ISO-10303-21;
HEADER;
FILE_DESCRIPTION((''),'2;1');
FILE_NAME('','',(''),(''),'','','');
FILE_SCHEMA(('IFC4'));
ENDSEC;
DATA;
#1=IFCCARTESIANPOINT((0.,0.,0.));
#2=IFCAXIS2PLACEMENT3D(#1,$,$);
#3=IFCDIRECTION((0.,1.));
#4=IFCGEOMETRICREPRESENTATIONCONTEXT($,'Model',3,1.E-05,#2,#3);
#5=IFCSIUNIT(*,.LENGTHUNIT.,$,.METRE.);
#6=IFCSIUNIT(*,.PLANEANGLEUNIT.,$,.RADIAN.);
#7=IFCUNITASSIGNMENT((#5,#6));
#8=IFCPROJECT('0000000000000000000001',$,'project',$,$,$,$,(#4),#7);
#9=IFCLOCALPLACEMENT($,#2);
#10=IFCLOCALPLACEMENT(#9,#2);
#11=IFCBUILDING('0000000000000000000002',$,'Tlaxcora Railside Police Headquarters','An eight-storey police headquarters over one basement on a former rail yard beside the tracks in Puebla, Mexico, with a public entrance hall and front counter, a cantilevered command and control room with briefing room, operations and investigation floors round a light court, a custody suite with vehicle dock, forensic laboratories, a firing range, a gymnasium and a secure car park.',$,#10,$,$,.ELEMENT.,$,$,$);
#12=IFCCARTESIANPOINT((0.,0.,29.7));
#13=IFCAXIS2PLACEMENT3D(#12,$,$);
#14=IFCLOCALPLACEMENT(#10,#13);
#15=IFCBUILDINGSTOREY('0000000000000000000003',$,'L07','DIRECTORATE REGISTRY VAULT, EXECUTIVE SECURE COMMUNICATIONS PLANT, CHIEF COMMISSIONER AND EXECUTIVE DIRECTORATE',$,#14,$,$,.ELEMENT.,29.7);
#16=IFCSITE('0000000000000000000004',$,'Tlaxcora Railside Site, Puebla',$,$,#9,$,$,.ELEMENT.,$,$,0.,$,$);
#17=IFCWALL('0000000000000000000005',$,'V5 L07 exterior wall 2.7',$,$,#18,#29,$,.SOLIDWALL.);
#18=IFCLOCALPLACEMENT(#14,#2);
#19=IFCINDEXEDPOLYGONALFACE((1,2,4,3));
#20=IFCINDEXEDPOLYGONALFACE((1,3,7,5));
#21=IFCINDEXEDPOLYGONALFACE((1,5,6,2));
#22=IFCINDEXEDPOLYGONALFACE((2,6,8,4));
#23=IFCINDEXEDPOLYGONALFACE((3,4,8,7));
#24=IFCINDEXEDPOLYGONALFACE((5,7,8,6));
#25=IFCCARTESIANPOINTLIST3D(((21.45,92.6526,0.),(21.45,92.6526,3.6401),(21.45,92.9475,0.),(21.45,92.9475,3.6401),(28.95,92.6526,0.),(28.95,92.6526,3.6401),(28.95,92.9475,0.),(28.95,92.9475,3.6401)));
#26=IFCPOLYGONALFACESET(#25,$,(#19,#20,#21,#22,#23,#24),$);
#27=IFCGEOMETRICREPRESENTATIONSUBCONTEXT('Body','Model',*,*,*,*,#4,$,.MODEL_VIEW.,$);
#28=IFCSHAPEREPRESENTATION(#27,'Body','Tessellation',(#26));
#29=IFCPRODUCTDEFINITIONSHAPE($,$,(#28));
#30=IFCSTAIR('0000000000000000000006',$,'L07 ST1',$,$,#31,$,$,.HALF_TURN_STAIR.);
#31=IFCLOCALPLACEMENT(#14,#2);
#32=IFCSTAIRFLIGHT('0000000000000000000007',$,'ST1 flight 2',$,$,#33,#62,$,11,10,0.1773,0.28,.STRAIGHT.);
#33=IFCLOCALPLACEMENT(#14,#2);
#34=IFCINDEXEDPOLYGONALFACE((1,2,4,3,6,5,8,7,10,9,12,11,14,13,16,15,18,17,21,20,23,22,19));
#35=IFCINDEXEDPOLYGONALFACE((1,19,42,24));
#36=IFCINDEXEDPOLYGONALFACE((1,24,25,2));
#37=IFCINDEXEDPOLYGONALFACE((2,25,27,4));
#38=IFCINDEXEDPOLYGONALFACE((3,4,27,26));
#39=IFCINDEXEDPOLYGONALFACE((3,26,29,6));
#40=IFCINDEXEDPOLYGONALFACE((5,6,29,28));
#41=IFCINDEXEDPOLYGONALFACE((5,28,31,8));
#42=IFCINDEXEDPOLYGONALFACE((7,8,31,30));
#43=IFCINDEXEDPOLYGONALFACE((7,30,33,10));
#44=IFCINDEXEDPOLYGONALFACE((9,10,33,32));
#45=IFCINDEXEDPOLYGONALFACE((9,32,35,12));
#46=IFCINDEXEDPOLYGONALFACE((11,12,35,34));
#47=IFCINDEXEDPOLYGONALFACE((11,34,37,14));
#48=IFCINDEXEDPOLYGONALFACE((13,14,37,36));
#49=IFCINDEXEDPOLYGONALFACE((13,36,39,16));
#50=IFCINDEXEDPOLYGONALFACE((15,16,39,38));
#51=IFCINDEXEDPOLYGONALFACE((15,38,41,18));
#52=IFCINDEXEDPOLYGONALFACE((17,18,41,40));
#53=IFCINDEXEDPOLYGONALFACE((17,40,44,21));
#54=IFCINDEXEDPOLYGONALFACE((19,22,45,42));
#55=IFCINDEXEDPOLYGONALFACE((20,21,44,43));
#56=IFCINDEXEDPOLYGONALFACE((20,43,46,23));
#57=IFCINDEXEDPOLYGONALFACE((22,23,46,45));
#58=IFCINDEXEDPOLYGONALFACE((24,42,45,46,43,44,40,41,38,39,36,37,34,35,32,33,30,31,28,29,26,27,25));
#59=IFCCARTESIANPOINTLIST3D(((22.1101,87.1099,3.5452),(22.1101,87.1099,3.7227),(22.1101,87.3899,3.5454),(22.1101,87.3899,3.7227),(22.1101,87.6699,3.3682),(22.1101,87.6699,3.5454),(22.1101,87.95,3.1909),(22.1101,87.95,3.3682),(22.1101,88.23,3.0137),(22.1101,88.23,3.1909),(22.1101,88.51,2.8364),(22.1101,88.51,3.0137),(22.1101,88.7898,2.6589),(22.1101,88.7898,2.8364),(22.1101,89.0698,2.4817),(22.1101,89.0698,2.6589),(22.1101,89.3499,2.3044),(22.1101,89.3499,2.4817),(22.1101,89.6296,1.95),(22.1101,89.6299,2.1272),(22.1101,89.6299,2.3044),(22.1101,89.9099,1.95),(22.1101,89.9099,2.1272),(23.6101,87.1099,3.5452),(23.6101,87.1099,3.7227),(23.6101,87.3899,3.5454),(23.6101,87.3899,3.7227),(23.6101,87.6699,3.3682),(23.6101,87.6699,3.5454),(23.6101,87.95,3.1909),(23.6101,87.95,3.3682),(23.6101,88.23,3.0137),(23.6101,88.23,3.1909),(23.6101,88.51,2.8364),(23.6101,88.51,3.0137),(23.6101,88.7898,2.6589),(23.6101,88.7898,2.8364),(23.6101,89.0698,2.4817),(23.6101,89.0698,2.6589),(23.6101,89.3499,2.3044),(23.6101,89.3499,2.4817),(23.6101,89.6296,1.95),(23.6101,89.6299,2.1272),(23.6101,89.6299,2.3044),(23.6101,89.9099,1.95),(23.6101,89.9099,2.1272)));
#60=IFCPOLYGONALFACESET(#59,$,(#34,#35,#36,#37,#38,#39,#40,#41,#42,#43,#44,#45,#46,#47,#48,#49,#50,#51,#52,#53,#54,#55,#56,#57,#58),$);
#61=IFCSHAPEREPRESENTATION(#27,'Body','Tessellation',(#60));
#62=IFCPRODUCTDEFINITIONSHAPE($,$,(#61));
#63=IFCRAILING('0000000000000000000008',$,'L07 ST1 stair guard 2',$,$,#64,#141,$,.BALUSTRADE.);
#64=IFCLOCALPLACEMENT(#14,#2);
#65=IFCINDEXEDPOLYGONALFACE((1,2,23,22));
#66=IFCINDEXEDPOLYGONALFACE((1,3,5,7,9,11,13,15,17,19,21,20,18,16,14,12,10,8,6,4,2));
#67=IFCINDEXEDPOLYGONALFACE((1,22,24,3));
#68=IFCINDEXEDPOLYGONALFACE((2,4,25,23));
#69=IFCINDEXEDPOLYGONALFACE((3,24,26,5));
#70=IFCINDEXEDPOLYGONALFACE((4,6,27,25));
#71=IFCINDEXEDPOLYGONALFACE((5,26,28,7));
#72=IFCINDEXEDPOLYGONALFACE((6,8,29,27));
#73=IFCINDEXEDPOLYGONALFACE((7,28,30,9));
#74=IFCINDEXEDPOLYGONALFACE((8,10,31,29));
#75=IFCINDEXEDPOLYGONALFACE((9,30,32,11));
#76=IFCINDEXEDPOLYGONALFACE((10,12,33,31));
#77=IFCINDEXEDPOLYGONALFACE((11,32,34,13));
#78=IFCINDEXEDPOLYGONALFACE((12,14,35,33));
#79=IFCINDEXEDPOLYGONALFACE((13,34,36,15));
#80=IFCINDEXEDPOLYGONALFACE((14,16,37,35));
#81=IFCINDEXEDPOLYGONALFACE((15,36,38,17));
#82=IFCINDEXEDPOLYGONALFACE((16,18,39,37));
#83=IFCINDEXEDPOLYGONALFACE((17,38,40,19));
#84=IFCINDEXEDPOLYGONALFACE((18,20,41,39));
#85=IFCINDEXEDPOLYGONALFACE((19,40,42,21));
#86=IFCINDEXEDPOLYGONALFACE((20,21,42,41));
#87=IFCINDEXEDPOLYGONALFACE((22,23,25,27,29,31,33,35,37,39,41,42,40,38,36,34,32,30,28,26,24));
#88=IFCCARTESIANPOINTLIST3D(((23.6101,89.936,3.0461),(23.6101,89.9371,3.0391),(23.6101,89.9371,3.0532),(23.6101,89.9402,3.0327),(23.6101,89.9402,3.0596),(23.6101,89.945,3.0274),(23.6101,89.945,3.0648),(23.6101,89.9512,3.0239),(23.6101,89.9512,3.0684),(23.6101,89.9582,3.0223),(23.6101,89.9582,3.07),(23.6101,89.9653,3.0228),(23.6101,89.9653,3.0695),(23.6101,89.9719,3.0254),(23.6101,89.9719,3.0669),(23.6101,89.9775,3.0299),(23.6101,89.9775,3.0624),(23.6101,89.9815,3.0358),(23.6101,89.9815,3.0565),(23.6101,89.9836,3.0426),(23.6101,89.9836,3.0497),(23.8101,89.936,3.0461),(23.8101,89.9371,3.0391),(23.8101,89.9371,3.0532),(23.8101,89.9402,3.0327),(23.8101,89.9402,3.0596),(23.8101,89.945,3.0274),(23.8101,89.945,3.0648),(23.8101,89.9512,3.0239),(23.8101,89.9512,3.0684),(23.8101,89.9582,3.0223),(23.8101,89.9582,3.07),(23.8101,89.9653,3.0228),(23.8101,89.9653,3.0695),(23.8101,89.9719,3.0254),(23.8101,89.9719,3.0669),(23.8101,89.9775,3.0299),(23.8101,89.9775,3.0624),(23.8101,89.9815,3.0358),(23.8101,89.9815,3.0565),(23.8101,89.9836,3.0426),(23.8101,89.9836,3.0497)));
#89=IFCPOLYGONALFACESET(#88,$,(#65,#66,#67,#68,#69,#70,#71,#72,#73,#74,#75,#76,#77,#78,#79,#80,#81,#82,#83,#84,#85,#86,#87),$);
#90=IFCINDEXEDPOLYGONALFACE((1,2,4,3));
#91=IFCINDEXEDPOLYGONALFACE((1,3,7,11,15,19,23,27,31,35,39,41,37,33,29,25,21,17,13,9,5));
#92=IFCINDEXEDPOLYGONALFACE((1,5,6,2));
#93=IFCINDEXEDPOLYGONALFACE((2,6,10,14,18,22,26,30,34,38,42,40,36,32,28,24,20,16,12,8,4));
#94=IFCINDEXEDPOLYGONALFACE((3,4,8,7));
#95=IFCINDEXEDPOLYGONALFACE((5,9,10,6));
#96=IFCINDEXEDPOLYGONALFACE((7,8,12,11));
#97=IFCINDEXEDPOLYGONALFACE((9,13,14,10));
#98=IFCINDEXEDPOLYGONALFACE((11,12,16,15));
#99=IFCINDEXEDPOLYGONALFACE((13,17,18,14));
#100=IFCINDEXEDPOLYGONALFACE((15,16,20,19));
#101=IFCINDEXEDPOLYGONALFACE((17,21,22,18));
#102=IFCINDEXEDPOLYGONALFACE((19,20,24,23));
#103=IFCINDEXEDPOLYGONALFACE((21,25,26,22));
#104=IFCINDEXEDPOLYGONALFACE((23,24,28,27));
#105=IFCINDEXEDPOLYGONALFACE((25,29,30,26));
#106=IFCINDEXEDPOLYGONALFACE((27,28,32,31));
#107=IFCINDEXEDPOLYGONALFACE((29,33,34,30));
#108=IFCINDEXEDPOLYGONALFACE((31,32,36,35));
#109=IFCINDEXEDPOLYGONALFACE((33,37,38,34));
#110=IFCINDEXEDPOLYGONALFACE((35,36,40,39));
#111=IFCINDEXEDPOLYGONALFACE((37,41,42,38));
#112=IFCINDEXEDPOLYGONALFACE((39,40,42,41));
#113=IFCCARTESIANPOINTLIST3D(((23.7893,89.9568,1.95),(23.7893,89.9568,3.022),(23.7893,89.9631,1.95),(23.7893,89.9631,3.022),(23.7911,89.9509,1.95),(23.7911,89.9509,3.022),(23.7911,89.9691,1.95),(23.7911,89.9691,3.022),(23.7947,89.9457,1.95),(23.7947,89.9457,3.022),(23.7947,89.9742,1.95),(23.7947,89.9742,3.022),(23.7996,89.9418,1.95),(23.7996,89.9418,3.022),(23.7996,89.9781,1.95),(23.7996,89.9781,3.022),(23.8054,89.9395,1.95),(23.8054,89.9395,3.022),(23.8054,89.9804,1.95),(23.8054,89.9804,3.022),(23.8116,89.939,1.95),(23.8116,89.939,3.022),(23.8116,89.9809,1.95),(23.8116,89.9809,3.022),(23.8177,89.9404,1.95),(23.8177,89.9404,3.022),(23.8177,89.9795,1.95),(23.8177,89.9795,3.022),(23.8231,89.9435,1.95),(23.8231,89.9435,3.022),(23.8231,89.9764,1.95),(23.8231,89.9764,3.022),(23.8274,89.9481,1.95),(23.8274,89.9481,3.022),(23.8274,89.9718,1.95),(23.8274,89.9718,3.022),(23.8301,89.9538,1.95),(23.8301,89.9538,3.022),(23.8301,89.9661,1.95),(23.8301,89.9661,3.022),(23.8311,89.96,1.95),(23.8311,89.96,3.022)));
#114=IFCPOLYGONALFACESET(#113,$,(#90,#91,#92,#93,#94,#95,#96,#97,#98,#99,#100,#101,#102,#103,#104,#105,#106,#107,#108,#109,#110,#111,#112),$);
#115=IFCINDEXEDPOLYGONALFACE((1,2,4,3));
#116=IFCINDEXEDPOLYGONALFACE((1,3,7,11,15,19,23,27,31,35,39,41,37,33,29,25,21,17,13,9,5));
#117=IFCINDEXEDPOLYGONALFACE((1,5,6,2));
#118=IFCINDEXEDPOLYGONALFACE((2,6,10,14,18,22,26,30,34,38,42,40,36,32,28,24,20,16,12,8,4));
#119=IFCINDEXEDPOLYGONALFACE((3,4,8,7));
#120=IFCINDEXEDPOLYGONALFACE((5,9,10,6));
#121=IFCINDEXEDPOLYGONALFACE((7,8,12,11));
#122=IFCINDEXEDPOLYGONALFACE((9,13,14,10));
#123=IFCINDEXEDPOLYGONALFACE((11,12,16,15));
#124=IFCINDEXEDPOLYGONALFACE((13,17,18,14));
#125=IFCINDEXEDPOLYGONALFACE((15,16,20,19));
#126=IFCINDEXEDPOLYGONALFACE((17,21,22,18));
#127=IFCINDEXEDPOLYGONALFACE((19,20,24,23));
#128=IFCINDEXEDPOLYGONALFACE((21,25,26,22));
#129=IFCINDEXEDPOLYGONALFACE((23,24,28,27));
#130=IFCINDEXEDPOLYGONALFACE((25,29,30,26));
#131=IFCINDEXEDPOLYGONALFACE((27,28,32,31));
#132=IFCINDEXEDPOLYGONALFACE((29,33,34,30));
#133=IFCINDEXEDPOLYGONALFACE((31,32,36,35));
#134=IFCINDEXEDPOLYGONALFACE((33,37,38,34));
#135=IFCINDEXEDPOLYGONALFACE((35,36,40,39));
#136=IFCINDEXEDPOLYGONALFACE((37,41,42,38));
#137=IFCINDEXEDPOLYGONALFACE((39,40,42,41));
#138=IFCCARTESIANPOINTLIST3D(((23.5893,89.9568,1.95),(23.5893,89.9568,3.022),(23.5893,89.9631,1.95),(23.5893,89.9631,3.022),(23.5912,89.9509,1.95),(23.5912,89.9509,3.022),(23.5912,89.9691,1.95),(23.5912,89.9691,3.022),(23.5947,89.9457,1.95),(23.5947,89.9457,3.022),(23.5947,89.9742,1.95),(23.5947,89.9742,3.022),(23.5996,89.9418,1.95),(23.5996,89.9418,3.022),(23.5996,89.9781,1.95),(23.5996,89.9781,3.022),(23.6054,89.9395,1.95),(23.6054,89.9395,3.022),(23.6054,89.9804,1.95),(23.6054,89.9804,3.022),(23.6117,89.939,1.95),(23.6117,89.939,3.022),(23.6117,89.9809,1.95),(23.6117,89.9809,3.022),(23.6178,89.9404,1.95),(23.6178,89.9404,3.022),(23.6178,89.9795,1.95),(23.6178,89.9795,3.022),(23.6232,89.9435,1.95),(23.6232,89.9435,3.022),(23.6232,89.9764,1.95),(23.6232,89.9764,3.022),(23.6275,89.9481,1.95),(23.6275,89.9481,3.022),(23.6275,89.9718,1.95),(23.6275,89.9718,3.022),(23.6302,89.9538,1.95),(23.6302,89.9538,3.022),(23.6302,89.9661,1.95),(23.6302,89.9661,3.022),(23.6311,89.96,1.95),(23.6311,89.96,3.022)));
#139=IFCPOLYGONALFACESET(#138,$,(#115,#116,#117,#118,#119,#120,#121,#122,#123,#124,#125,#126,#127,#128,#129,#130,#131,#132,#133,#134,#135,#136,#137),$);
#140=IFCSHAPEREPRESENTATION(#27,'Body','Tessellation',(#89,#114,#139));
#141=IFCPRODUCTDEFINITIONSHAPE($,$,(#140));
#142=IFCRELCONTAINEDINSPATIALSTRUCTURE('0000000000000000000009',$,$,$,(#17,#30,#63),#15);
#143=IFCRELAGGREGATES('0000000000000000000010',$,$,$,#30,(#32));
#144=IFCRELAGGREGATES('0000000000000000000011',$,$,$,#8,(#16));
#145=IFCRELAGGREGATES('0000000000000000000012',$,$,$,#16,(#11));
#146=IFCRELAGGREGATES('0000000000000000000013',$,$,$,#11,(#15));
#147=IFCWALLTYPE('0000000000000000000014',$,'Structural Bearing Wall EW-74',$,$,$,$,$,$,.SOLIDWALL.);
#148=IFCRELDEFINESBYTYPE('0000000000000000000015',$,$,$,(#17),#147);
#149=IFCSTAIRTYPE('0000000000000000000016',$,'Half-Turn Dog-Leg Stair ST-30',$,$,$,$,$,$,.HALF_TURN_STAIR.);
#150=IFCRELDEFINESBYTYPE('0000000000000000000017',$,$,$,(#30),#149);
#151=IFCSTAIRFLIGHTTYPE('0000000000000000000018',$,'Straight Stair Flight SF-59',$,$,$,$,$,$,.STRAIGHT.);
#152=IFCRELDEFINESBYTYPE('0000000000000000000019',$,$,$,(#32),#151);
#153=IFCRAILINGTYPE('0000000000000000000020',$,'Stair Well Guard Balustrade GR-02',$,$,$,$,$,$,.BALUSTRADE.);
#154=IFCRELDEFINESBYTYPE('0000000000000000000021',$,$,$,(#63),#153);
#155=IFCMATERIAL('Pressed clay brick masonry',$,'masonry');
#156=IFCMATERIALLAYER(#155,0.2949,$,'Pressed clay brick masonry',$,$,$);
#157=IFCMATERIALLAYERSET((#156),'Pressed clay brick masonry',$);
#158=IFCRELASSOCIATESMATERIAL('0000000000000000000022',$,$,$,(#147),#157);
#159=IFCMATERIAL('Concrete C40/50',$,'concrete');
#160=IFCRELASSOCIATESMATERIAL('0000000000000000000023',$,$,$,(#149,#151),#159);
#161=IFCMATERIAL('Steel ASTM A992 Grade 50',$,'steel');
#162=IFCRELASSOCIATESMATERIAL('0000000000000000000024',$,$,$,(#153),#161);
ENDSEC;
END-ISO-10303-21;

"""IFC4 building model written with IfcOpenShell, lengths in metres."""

from ifc_helpers import new_model, si_unit, direction, frame, frame_2d, origin, origin_2d, place, context, subcontext, project, spatial, polyline, rectangle, circle, outline, extrude, material, layer, layer_set, type_object, element, aggregate, save


model = new_model("IFC4")

# Units and contexts
model_context = context("Model", 3, precision=1e-05, world=origin(), true_north=direction((0.0, 1.0)))
body_context = subcontext(model_context, "Body", "Model", "MODEL_VIEW")
ifc_project = project(units=[si_unit("LENGTHUNIT", "METRE"), si_unit("PLANEANGLEUNIT", "RADIAN")], contexts=[model_context])

# Site, building, storey
site_placement = place(None, origin())
site = spatial("IfcSite", under=ifc_project, at=site_placement, Name="Tlaxcora Railside Site, Puebla", CompositionType="ELEMENT", RefElevation=0.0)
building_placement = place(site_placement, origin())
building = spatial("IfcBuilding", under=site, at=building_placement, Name="Tlaxcora Railside Police Headquarters", Description="An eight-storey police headquarters over one basement on a former rail yard beside the tracks in Puebla, Mexico, with a public entrance hall and front counter, a cantilevered command and control room with briefing room, operations and investigation floors round a light court, a custody suite with vehicle dock, forensic laboratories, a firing range, a gymnasium and a secure car park.", CompositionType="ELEMENT")
storey_placement = place(building_placement, frame((0.0, 0.0, 29.7)))
storey = spatial("IfcBuildingStorey", under=building, at=storey_placement, Name="L07", Description="DIRECTORATE REGISTRY VAULT, EXECUTIVE SECURE COMMUNICATIONS PLANT, CHIEF COMMISSIONER AND EXECUTIVE DIRECTORATE", CompositionType="ELEMENT", Elevation=29.7)

# Shared definitions
ifc_material_1 = material(Name="Concrete C40/50", Category="concrete")

# Shared definitions
ifc_material_2 = material(Name="Steel ASTM A992 Grade 50", Category="steel")

# Wall
ifc_material_3 = material(Name="Pressed clay brick masonry", Category="masonry")
ifc_layer_1 = layer(ifc_material_3, 0.2949, Name="Pressed clay brick masonry")
ifc_layer_set_1 = layer_set([ifc_layer_1], Name="Pressed clay brick masonry")
wall_type_1 = type_object("IfcWallType", Name="Structural Bearing Wall EW-74", PredefinedType="SOLIDWALL", material=ifc_layer_set_1)
wall_1_placement = place(storey_placement, frame((28.95, 92.8, 0.0), z_axis=(0.0, 0.0, 1.0), x_axis=(-1.0, 0.0, 0.0)))
element("IfcWall", 1, at=wall_1_placement, inside=storey, type_object=wall_type_1, Name="V5 L07 exterior wall 2.7", PredefinedType="SOLIDWALL", context=body_context, shape_type="SweptSolid", body=[
    extrude(rectangle(XDim=7.5, YDim=0.2949, at=frame_2d((3.75, 0.0))), origin(), (0.0, 0.0, 1.0), 3.6401),
])

# Stair, stair flight
stair_type = type_object("IfcStairType", Name="Half-Turn Dog-Leg Stair ST-30", PredefinedType="HALF_TURN_STAIR", material=ifc_material_1)
stair_placement = place(storey_placement, origin())
stair = element("IfcStair", 2, at=stair_placement, inside=storey, type_object=stair_type, Name="L07 ST1", PredefinedType="HALF_TURN_STAIR")
stair_flight_type = type_object("IfcStairFlightType", Name="Straight Stair Flight SF-59", PredefinedType="STRAIGHT", material=ifc_material_1)
stair_flight_placement = place(storey_placement, frame((22.8601, 89.9099, 1.95), z_axis=(0.0, 0.0, 1.0), x_axis=(0.0, -1.0, 0.0)))
stair_flight = element("IfcStairFlight", 3, at=stair_flight_placement, type_object=stair_flight_type, Name="ST1 flight 2", NumberOfRisers=11, NumberOfTreads=10, PredefinedType="STRAIGHT", RiserHeight=0.1773, TreadLength=0.28, context=body_context, shape_type="SweptSolid", body=[
    extrude(outline(polyline([(0.0, 0.0), (0.0, 0.1772), (0.28, 0.1772), (0.28, 0.3545), (0.5601, 0.3545), (0.5601, 0.5317), (0.8401, 0.5317), (0.8401, 0.709), (1.1201, 0.709), (1.1201, 0.8865), (1.3999, 0.8865), (1.3999, 1.0637), (1.6799, 1.0637), (1.6799, 1.241), (1.96, 1.241), (1.96, 1.4182), (2.24, 1.4182), (2.24, 1.5955), (2.52, 1.5955), (2.52, 1.7727), (2.8, 1.7727), (2.8, 1.95), (2.8, 1.5952), (0.2803, 0.0), (0.0, 0.0)])), frame((0.0, 0.75, 0.0), z_axis=(0.0, -1.0, 0.0), x_axis=(1.0, 0.0, 0.0)), (0.0, 0.0, 1.0), 1.5),
])
aggregate(stair, [stair_flight])

# Railing
railing_type_1 = type_object("IfcRailingType", Name="Stair Well Guard Balustrade GR-02", PredefinedType="BALUSTRADE", material=ifc_material_2)
railing_1_placement = place(storey_placement, frame((23.8101, 89.96, 1.95)))
element("IfcRailing", 4, at=railing_1_placement, inside=storey, type_object=railing_type_1, Name="L07 ST1 stair guard 2", PredefinedType="BALUSTRADE", context=body_context, shape_type="SweptSolid", body=[
    extrude(circle(Radius=0.0239, at=origin_2d()), frame((0.0, 0.0, 1.0962), z_axis=(-1.0, 0.0, 0.0), x_axis=(0.0, -1.0, 0.0)), (0.0, 0.0, 1.0), 0.2),
    extrude(circle(Radius=0.021, at=origin_2d()), origin(), (0.0, 0.0, 1.0), 1.072),
    extrude(circle(Radius=0.021, at=origin_2d()), frame((-0.2, 0.0, 0.0)), (0.0, 0.0, 1.0), 1.072),
])

save(model, "model.ifc")
